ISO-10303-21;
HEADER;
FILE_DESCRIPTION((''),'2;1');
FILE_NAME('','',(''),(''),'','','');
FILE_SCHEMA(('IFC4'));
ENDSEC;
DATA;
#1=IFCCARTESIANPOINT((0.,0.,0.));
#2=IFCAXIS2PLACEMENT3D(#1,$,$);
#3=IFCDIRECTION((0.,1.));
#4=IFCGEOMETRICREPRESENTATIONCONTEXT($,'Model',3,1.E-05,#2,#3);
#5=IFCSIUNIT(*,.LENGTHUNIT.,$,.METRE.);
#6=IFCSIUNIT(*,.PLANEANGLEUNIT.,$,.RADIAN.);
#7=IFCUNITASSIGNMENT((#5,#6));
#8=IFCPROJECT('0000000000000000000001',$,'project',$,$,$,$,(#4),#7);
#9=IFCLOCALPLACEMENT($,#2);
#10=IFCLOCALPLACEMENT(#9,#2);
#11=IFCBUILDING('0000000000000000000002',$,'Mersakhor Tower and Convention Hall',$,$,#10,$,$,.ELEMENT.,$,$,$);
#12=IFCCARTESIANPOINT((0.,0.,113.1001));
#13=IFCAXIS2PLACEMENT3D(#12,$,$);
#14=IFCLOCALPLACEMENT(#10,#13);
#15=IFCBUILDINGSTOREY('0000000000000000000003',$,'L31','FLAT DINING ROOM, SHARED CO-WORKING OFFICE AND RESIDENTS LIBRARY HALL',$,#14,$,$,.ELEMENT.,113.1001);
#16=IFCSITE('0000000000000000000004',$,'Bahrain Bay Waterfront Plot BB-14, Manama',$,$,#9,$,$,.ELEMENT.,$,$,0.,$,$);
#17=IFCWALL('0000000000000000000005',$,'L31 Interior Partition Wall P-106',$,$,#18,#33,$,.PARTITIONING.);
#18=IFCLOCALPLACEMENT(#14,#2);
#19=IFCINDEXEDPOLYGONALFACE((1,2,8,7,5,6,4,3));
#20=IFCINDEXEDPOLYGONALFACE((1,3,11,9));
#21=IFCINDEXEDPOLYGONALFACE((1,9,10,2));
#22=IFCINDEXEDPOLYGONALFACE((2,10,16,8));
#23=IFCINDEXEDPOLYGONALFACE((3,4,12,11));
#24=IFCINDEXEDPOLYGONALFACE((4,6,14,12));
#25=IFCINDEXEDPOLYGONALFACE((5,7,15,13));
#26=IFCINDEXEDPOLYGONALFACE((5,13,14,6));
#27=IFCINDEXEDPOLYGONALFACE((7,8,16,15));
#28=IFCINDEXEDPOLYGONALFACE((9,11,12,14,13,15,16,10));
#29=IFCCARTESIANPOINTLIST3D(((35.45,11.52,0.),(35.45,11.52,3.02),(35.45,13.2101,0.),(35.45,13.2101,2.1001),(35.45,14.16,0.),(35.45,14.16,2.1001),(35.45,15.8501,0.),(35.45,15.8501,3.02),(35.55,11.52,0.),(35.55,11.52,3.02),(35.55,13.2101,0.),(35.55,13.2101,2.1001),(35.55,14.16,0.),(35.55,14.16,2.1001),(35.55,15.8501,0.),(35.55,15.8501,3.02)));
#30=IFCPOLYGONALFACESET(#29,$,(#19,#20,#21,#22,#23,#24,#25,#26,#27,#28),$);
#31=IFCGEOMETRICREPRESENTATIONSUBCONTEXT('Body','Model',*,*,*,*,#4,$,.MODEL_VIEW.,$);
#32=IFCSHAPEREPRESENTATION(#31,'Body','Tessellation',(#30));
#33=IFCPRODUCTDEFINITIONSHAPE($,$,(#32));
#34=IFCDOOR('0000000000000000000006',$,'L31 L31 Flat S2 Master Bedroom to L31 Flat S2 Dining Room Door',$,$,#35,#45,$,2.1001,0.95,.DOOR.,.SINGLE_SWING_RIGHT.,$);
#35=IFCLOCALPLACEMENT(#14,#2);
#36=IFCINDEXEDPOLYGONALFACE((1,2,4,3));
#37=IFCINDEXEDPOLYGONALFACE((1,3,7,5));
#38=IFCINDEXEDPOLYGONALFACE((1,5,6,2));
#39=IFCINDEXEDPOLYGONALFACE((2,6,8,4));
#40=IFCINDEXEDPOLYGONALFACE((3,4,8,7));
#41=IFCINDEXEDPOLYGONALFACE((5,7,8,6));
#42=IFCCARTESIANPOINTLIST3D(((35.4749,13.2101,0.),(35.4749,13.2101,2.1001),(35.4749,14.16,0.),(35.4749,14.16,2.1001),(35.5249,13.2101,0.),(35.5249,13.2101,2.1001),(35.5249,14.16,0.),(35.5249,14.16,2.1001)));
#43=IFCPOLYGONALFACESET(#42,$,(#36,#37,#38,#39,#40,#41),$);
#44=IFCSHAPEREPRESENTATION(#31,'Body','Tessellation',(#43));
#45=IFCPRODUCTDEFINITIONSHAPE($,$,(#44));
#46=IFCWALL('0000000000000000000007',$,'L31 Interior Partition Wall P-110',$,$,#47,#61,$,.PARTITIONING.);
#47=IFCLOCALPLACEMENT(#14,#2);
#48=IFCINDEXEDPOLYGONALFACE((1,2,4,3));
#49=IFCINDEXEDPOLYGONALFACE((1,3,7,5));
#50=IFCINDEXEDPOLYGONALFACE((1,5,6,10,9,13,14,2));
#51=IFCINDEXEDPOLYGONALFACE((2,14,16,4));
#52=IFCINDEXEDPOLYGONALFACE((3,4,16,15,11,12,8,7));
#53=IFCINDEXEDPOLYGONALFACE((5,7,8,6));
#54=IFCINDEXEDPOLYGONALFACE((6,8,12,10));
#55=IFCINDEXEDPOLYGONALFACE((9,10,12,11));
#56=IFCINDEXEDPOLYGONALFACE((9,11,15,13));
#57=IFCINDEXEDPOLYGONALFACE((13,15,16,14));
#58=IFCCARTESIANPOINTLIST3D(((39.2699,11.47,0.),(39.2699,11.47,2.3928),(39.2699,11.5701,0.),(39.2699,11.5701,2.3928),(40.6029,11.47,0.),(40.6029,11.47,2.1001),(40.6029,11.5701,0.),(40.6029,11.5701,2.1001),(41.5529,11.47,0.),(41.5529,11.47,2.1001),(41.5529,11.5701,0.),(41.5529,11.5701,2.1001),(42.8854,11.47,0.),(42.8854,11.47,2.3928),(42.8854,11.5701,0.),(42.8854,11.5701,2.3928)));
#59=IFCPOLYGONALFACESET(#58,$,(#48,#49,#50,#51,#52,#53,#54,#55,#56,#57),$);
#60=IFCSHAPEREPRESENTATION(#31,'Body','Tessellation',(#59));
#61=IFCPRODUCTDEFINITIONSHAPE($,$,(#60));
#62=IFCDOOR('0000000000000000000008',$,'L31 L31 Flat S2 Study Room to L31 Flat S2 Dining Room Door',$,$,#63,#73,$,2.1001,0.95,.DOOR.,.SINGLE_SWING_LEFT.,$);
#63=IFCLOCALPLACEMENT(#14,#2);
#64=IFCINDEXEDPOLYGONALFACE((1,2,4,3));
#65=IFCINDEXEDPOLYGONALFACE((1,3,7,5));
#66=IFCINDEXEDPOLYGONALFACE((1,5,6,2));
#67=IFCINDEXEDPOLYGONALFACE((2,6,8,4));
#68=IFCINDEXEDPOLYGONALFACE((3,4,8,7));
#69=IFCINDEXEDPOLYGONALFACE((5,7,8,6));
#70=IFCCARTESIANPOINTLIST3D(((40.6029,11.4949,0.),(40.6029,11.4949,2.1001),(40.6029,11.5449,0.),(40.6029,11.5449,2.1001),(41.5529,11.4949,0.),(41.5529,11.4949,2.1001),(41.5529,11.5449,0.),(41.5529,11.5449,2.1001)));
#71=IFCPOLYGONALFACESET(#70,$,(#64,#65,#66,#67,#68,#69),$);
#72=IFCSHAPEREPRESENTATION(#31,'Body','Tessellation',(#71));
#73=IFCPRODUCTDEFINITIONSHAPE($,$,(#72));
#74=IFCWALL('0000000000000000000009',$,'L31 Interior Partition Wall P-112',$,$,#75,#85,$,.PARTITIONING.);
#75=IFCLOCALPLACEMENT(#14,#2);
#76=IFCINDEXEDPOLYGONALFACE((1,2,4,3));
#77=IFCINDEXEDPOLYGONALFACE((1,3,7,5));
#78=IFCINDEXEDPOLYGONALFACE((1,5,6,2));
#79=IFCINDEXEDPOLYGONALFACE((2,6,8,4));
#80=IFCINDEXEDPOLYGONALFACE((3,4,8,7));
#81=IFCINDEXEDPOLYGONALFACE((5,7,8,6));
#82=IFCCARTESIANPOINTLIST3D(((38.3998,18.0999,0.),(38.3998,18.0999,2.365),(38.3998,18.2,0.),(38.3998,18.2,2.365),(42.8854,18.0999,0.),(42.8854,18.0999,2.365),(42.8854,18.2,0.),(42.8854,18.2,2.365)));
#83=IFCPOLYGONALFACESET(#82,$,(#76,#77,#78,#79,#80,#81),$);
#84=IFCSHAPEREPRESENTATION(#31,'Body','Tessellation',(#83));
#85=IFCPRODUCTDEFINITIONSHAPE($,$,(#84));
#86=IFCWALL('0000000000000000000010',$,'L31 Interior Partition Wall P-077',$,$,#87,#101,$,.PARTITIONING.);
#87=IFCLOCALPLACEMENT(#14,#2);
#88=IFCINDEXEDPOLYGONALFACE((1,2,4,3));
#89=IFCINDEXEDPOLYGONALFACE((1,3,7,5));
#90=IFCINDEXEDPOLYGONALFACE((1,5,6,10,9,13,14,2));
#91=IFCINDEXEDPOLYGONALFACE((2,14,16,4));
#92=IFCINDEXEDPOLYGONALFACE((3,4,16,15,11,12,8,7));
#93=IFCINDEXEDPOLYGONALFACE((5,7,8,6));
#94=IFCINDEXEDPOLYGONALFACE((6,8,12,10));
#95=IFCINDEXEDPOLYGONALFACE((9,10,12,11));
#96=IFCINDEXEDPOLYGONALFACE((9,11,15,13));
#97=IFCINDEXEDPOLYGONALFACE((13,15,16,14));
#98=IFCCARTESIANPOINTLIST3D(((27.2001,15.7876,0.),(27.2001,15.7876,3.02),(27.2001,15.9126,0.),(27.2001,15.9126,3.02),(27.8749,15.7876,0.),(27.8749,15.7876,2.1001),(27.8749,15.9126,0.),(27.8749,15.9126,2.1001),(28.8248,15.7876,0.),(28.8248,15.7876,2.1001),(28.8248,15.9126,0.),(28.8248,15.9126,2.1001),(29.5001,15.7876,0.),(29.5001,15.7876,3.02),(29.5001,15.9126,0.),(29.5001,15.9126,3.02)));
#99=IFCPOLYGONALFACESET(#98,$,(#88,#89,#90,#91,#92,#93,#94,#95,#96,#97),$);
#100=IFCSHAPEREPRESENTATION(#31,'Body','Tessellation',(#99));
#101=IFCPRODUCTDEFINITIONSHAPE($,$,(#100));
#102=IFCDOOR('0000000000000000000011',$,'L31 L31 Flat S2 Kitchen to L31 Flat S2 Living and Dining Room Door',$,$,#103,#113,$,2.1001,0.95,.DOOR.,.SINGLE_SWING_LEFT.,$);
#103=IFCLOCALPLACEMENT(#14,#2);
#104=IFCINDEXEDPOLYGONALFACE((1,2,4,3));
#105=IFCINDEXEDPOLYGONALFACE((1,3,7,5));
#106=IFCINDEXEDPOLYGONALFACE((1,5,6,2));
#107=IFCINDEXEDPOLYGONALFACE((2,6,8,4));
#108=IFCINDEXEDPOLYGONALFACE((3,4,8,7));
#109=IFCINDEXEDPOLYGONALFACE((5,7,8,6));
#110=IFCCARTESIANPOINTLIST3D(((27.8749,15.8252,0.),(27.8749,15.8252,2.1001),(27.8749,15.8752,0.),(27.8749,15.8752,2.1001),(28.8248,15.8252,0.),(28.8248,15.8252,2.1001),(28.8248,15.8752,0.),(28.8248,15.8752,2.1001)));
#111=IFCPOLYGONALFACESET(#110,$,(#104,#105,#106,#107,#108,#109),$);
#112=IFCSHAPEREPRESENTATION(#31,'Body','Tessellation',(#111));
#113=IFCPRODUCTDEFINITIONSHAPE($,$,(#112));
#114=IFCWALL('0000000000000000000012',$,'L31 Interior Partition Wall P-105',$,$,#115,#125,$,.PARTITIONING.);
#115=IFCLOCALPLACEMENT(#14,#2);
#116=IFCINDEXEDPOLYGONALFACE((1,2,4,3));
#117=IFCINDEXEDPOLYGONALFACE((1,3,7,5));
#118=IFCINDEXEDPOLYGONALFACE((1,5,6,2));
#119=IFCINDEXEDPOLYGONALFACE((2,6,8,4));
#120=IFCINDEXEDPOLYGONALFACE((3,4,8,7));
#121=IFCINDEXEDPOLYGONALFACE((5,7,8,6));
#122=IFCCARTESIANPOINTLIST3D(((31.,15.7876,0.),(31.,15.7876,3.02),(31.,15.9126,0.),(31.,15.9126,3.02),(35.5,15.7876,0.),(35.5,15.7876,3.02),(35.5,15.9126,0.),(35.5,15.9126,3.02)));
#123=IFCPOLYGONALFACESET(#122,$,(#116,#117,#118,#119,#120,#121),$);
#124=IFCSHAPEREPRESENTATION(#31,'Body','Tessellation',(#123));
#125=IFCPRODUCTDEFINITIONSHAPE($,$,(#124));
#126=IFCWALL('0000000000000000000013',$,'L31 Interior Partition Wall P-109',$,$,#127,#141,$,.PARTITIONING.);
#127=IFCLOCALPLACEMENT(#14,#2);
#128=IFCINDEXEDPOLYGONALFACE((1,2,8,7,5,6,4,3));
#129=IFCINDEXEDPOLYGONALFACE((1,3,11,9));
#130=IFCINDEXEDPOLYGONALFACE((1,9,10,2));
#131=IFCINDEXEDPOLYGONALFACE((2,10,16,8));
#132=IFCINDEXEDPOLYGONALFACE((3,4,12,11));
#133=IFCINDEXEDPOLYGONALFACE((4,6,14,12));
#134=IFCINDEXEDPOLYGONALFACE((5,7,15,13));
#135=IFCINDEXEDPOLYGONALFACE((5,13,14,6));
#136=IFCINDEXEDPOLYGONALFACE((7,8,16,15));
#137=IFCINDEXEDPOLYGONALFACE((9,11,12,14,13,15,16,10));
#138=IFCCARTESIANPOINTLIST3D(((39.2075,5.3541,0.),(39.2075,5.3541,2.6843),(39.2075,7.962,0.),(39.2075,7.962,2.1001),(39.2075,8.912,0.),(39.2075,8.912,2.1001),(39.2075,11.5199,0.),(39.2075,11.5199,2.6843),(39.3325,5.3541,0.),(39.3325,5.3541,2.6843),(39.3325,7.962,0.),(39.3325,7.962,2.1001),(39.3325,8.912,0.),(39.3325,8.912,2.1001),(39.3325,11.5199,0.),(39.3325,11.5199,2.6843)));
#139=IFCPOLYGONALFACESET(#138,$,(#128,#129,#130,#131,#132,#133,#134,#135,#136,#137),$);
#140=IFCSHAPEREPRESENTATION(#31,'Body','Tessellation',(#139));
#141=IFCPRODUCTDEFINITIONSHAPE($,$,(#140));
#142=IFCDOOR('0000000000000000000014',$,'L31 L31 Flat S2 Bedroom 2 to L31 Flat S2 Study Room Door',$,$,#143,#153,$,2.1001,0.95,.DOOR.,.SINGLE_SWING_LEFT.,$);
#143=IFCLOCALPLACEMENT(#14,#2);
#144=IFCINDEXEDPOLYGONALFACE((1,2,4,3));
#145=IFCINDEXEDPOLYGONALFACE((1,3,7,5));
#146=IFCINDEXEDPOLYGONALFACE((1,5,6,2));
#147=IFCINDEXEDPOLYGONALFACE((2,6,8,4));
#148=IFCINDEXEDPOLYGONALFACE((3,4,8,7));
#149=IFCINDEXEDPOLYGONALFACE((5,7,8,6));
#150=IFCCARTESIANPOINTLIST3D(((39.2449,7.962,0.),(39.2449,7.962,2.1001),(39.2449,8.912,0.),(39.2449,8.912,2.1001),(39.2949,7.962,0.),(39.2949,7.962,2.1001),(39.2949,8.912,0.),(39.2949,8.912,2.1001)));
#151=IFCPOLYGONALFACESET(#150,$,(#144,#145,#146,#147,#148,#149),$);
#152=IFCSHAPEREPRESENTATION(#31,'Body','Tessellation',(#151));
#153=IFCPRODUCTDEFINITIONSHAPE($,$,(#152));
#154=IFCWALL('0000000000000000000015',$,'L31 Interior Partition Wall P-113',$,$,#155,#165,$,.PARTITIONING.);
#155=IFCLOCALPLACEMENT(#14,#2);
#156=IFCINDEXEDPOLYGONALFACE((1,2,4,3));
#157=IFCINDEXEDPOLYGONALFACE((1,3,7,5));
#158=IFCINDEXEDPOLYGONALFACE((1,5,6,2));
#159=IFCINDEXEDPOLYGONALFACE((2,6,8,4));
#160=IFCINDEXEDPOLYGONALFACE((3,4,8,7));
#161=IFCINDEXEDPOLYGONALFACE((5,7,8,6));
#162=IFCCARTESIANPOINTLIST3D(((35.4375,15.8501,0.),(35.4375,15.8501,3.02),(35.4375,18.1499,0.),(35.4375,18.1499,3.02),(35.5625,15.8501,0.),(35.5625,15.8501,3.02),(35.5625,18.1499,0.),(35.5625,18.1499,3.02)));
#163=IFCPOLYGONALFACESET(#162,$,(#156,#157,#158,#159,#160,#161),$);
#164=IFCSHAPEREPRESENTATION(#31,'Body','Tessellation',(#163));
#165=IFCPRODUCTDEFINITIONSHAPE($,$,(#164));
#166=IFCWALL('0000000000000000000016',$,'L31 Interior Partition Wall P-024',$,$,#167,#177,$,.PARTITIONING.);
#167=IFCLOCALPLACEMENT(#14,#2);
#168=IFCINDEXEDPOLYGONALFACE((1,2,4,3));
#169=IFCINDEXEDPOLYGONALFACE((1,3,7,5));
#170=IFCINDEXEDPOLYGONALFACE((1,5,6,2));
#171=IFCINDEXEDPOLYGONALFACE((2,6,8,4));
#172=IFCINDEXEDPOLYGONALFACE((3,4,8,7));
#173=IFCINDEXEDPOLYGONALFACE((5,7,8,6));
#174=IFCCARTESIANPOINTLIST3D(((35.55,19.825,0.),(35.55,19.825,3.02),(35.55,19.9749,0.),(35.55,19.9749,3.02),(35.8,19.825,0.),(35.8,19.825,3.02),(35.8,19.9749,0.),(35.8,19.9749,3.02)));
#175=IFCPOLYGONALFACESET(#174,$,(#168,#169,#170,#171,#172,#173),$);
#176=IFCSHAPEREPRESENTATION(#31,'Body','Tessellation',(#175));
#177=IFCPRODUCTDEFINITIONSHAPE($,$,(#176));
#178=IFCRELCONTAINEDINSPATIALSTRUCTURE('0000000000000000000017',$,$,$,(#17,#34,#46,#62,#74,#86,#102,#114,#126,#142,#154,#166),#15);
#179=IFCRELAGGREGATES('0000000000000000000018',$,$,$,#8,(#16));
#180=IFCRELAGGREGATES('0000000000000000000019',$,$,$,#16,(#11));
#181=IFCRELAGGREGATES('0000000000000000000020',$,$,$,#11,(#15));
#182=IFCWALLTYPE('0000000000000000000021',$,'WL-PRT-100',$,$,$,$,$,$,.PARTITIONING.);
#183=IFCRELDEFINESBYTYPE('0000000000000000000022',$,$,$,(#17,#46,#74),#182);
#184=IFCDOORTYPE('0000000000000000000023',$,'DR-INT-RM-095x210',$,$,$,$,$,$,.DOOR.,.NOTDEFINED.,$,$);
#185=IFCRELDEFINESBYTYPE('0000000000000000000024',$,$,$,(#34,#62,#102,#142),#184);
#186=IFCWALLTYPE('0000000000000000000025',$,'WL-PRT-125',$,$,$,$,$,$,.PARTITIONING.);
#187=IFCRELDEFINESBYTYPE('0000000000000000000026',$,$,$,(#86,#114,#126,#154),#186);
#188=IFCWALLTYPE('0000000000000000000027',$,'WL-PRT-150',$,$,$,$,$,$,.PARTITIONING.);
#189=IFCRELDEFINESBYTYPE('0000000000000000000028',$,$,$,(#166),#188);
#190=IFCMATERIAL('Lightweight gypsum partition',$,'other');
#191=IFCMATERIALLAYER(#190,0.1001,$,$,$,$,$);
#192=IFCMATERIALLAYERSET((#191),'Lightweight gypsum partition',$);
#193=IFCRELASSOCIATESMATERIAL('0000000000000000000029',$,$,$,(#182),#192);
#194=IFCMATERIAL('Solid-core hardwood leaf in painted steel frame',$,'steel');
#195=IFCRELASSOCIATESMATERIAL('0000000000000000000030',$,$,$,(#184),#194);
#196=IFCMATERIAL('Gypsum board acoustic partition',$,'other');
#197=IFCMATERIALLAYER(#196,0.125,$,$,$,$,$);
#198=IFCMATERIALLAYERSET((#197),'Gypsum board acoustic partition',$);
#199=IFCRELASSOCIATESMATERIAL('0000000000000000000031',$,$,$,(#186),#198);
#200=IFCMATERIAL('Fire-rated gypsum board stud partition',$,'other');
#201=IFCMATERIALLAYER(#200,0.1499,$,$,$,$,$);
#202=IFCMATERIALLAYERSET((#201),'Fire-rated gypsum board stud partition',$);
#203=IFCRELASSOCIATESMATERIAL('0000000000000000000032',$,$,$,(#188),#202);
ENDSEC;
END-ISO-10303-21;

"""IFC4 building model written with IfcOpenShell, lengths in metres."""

from ifc_helpers import new_model, si_unit, direction, frame, frame_2d, origin, place, context, subcontext, project, spatial, rectangle, extrude, material, layer, layer_set, type_object, element, fill, save


model = new_model("IFC4")

# Units and contexts
model_context = context("Model", 3, precision=1e-05, world=origin(), true_north=direction((0.0, 1.0)))
body_context = subcontext(model_context, "Body", "Model", "MODEL_VIEW")
ifc_project = project(units=[si_unit("LENGTHUNIT", "METRE"), si_unit("PLANEANGLEUNIT", "RADIAN")], contexts=[model_context])

# Site, building, storey
site_placement = place(None, origin())
site = spatial("IfcSite", under=ifc_project, at=site_placement, Name="Bahrain Bay Waterfront Plot BB-14, Manama", CompositionType="ELEMENT", RefElevation=0.0)
building_placement = place(site_placement, origin())
building = spatial("IfcBuilding", under=site, at=building_placement, Name="Mersakhor Tower and Convention Hall", CompositionType="ELEMENT")
storey_placement = place(building_placement, frame((0.0, 0.0, 113.1001)))
storey = spatial("IfcBuildingStorey", under=building, at=storey_placement, Name="L31", Description="FLAT DINING ROOM, SHARED CO-WORKING OFFICE AND RESIDENTS LIBRARY HALL", CompositionType="ELEMENT", Elevation=113.1001)

# Shared definitions
ifc_material_1 = material(Name="Lightweight gypsum partition", Category="other")
ifc_layer_1 = layer(ifc_material_1, 0.1001)
ifc_layer_set_1 = layer_set([ifc_layer_1], Name="Lightweight gypsum partition")
wall_type_1 = type_object("IfcWallType", Name="WL-PRT-100", PredefinedType="PARTITIONING", material=ifc_layer_set_1)

# Walls, openings, doors
ifc_material_2 = material(Name="Solid-core hardwood leaf in painted steel frame", Category="steel")
door_type = type_object("IfcDoorType", Name="DR-INT-RM-095x210", OperationType="NOTDEFINED", PredefinedType="DOOR", material=ifc_material_2)
wall_1_placement = place(storey_placement, frame((35.5, 15.8501, 0.0), z_axis=(0.0, 0.0, 1.0), x_axis=(0.0, -1.0, 0.0)))
wall_1 = element("IfcWall", 1, at=wall_1_placement, inside=storey, type_object=wall_type_1, Name="L31 Interior Partition Wall P-106", PredefinedType="PARTITIONING", context=body_context, shape_type="SweptSolid", body=[
    extrude(rectangle(XDim=4.3301, YDim=0.1001, at=frame_2d((2.165, 0.0))), origin(), (0.0, 0.0, 1.0), 3.02),
])
opening_1_placement = place(wall_1_placement, frame((1.6899, 0.0, 0.0)))
opening_1 = element("IfcOpeningElement", 2, at=opening_1_placement, cuts=wall_1, PredefinedType="OPENING", context=body_context, shape_type="SweptSolid", body=[
    extrude(rectangle(XDim=0.95, YDim=2.1001, at=frame_2d((0.4751, 1.05))), frame((0.0, 0.0601, 0.0), z_axis=(0.0, -1.0, 0.0), x_axis=(1.0, 0.0, 0.0)), (0.0, 0.0, 1.0), 0.1201),
])
door_1_placement = place(opening_1_placement, origin())
door_1 = element("IfcDoor", 3, at=door_1_placement, inside=storey, type_object=door_type, Name="L31 L31 Flat S2 Master Bedroom to L31 Flat S2 Dining Room Door", OperationType="SINGLE_SWING_RIGHT", OverallHeight=2.1001, OverallWidth=0.95, PredefinedType="DOOR", context=body_context, shape_type="SweptSolid", body=[
    extrude(rectangle(XDim=0.95, YDim=2.1001, at=frame_2d((0.4751, 1.05))), frame((0.0, 0.0249, 0.0), z_axis=(0.0, -1.0, 0.0), x_axis=(1.0, 0.0, 0.0)), (0.0, 0.0, 1.0), 0.05),
])
fill(opening_1, door_1)
wall_2_placement = place(storey_placement, frame((39.27, 11.52, 0.0), z_axis=(0.0, 0.0, 1.0), x_axis=(1.0, 0.0, 0.0)))
wall_2 = element("IfcWall", 4, at=wall_2_placement, inside=storey, type_object=wall_type_1, Name="L31 Interior Partition Wall P-110", PredefinedType="PARTITIONING", context=body_context, shape_type="SweptSolid", body=[
    extrude(rectangle(XDim=3.6155, YDim=0.1001, at=frame_2d((1.8076, 0.0))), origin(), (0.0, 0.0, 1.0), 2.3928),
])
opening_2_placement = place(wall_2_placement, frame((1.3328, 0.0, 0.0)))
opening_2 = element("IfcOpeningElement", 5, at=opening_2_placement, cuts=wall_2, PredefinedType="OPENING", context=body_context, shape_type="SweptSolid", body=[
    extrude(rectangle(XDim=0.95, YDim=2.1001, at=frame_2d((0.4751, 1.05))), frame((0.0, 0.0601, 0.0), z_axis=(0.0, -1.0, 0.0), x_axis=(1.0, 0.0, 0.0)), (0.0, 0.0, 1.0), 0.1201),
])
door_2_placement = place(opening_2_placement, origin())
door_2 = element("IfcDoor", 6, at=door_2_placement, inside=storey, type_object=door_type, Name="L31 L31 Flat S2 Study Room to L31 Flat S2 Dining Room Door", OperationType="SINGLE_SWING_LEFT", OverallHeight=2.1001, OverallWidth=0.95, PredefinedType="DOOR", context=body_context, shape_type="SweptSolid", body=[
    extrude(rectangle(XDim=0.95, YDim=2.1001, at=frame_2d((0.4751, 1.05))), frame((0.0, 0.0249, 0.0), z_axis=(0.0, -1.0, 0.0), x_axis=(1.0, 0.0, 0.0)), (0.0, 0.0, 1.0), 0.05),
])
fill(opening_2, door_2)

# Wall
wall_3_placement = place(storey_placement, frame((38.3999, 18.1499, 0.0), z_axis=(0.0, 0.0, 1.0), x_axis=(1.0, 0.0, 0.0)))
element("IfcWall", 7, at=wall_3_placement, inside=storey, type_object=wall_type_1, Name="L31 Interior Partition Wall P-112", PredefinedType="PARTITIONING", context=body_context, shape_type="SweptSolid", body=[
    extrude(rectangle(XDim=4.4856, YDim=0.1001, at=frame_2d((2.2427, 0.0))), origin(), (0.0, 0.0, 1.0), 2.365),
])

# Wall, opening, door
ifc_material_3 = material(Name="Gypsum board acoustic partition", Category="other")
ifc_layer_2 = layer(ifc_material_3, 0.125)
ifc_layer_set_2 = layer_set([ifc_layer_2], Name="Gypsum board acoustic partition")
wall_type_2 = type_object("IfcWallType", Name="WL-PRT-125", PredefinedType="PARTITIONING", material=ifc_layer_set_2)
wall_4_placement = place(storey_placement, frame((29.5, 15.8501, 0.0), z_axis=(0.0, 0.0, 1.0), x_axis=(-1.0, 0.0, 0.0)))
wall_4 = element("IfcWall", 8, at=wall_4_placement, inside=storey, type_object=wall_type_2, Name="L31 Interior Partition Wall P-077", PredefinedType="PARTITIONING", context=body_context, shape_type="SweptSolid", body=[
    extrude(rectangle(XDim=2.3, YDim=0.125, at=frame_2d((1.1499, 0.0))), origin(), (0.0, 0.0, 1.0), 3.02),
])
opening_3_placement = place(wall_4_placement, frame((0.675, 0.0, 0.0)))
opening_3 = element("IfcOpeningElement", 9, at=opening_3_placement, cuts=wall_4, PredefinedType="OPENING", context=body_context, shape_type="SweptSolid", body=[
    extrude(rectangle(XDim=0.95, YDim=2.1001, at=frame_2d((0.4751, 1.05))), frame((0.0, 0.0725, 0.0), z_axis=(0.0, -1.0, 0.0), x_axis=(1.0, 0.0, 0.0)), (0.0, 0.0, 1.0), 0.145),
])
door_3_placement = place(opening_3_placement, origin())
door_3 = element("IfcDoor", 10, at=door_3_placement, inside=storey, type_object=door_type, Name="L31 L31 Flat S2 Kitchen to L31 Flat S2 Living and Dining Room Door", OperationType="SINGLE_SWING_LEFT", OverallHeight=2.1001, OverallWidth=0.95, PredefinedType="DOOR", context=body_context, shape_type="SweptSolid", body=[
    extrude(rectangle(XDim=0.95, YDim=2.1001, at=frame_2d((0.4751, 1.05))), frame((0.0, 0.0249, 0.0), z_axis=(0.0, -1.0, 0.0), x_axis=(1.0, 0.0, 0.0)), (0.0, 0.0, 1.0), 0.05),
])
fill(opening_3, door_3)

# Wall
wall_5_placement = place(storey_placement, frame((31.0, 15.8501, 0.0), z_axis=(0.0, 0.0, 1.0), x_axis=(1.0, 0.0, 0.0)))
element("IfcWall", 11, at=wall_5_placement, inside=storey, type_object=wall_type_2, Name="L31 Interior Partition Wall P-105", PredefinedType="PARTITIONING", context=body_context, shape_type="SweptSolid", body=[
    extrude(rectangle(XDim=4.5, YDim=0.125, at=frame_2d((2.25, 0.0))), origin(), (0.0, 0.0, 1.0), 3.02),
])

# Wall, opening, door
wall_6_placement = place(storey_placement, frame((39.27, 11.52, 0.0), z_axis=(0.0, 0.0, 1.0), x_axis=(0.0, -1.0, 0.0)))
wall_6 = element("IfcWall", 12, at=wall_6_placement, inside=storey, type_object=wall_type_2, Name="L31 Interior Partition Wall P-109", PredefinedType="PARTITIONING", context=body_context, shape_type="SweptSolid", body=[
    extrude(rectangle(XDim=6.1658, YDim=0.125, at=frame_2d((3.083, 0.0))), origin(), (0.0, 0.0, 1.0), 2.6843),
])
opening_4_placement = place(wall_6_placement, frame((2.6079, 0.0, 0.0)))
opening_4 = element("IfcOpeningElement", 13, at=opening_4_placement, cuts=wall_6, PredefinedType="OPENING", context=body_context, shape_type="SweptSolid", body=[
    extrude(rectangle(XDim=0.95, YDim=2.1001, at=frame_2d((0.4751, 1.05))), frame((0.0, 0.0725, 0.0), z_axis=(0.0, -1.0, 0.0), x_axis=(1.0, 0.0, 0.0)), (0.0, 0.0, 1.0), 0.145),
])
door_4_placement = place(opening_4_placement, origin())
door_4 = element("IfcDoor", 14, at=door_4_placement, inside=storey, type_object=door_type, Name="L31 L31 Flat S2 Bedroom 2 to L31 Flat S2 Study Room Door", OperationType="SINGLE_SWING_LEFT", OverallHeight=2.1001, OverallWidth=0.95, PredefinedType="DOOR", context=body_context, shape_type="SweptSolid", body=[
    extrude(rectangle(XDim=0.95, YDim=2.1001, at=frame_2d((0.4751, 1.05))), frame((0.0, 0.0249, 0.0), z_axis=(0.0, -1.0, 0.0), x_axis=(1.0, 0.0, 0.0)), (0.0, 0.0, 1.0), 0.05),
])
fill(opening_4, door_4)

# Walls
wall_7_placement = place(storey_placement, frame((35.5, 15.8501, 0.0), z_axis=(0.0, 0.0, 1.0), x_axis=(0.0, 1.0, 0.0)))
element("IfcWall", 15, at=wall_7_placement, inside=storey, type_object=wall_type_2, Name="L31 Interior Partition Wall P-113", PredefinedType="PARTITIONING", context=body_context, shape_type="SweptSolid", body=[
    extrude(rectangle(XDim=2.2998, YDim=0.125, at=frame_2d((1.1499, 0.0))), origin(), (0.0, 0.0, 1.0), 3.02),
])
ifc_material_4 = material(Name="Fire-rated gypsum board stud partition", Category="other")
ifc_layer_3 = layer(ifc_material_4, 0.1499)
ifc_layer_set_3 = layer_set([ifc_layer_3], Name="Fire-rated gypsum board stud partition")
wall_type_3 = type_object("IfcWallType", Name="WL-PRT-150", PredefinedType="PARTITIONING", material=ifc_layer_set_3)
wall_8_placement = place(storey_placement, frame((35.55, 19.8999, 0.0), z_axis=(0.0, 0.0, 1.0), x_axis=(1.0, 0.0, 0.0)))
element("IfcWall", 16, at=wall_8_placement, inside=storey, type_object=wall_type_3, Name="L31 Interior Partition Wall P-024", PredefinedType="PARTITIONING", context=body_context, shape_type="SweptSolid", body=[
    extrude(rectangle(XDim=0.25, YDim=0.1499, at=frame_2d((0.125, 0.0))), origin(), (0.0, 0.0, 1.0), 3.02),
])

save(model, "model.ifc")
